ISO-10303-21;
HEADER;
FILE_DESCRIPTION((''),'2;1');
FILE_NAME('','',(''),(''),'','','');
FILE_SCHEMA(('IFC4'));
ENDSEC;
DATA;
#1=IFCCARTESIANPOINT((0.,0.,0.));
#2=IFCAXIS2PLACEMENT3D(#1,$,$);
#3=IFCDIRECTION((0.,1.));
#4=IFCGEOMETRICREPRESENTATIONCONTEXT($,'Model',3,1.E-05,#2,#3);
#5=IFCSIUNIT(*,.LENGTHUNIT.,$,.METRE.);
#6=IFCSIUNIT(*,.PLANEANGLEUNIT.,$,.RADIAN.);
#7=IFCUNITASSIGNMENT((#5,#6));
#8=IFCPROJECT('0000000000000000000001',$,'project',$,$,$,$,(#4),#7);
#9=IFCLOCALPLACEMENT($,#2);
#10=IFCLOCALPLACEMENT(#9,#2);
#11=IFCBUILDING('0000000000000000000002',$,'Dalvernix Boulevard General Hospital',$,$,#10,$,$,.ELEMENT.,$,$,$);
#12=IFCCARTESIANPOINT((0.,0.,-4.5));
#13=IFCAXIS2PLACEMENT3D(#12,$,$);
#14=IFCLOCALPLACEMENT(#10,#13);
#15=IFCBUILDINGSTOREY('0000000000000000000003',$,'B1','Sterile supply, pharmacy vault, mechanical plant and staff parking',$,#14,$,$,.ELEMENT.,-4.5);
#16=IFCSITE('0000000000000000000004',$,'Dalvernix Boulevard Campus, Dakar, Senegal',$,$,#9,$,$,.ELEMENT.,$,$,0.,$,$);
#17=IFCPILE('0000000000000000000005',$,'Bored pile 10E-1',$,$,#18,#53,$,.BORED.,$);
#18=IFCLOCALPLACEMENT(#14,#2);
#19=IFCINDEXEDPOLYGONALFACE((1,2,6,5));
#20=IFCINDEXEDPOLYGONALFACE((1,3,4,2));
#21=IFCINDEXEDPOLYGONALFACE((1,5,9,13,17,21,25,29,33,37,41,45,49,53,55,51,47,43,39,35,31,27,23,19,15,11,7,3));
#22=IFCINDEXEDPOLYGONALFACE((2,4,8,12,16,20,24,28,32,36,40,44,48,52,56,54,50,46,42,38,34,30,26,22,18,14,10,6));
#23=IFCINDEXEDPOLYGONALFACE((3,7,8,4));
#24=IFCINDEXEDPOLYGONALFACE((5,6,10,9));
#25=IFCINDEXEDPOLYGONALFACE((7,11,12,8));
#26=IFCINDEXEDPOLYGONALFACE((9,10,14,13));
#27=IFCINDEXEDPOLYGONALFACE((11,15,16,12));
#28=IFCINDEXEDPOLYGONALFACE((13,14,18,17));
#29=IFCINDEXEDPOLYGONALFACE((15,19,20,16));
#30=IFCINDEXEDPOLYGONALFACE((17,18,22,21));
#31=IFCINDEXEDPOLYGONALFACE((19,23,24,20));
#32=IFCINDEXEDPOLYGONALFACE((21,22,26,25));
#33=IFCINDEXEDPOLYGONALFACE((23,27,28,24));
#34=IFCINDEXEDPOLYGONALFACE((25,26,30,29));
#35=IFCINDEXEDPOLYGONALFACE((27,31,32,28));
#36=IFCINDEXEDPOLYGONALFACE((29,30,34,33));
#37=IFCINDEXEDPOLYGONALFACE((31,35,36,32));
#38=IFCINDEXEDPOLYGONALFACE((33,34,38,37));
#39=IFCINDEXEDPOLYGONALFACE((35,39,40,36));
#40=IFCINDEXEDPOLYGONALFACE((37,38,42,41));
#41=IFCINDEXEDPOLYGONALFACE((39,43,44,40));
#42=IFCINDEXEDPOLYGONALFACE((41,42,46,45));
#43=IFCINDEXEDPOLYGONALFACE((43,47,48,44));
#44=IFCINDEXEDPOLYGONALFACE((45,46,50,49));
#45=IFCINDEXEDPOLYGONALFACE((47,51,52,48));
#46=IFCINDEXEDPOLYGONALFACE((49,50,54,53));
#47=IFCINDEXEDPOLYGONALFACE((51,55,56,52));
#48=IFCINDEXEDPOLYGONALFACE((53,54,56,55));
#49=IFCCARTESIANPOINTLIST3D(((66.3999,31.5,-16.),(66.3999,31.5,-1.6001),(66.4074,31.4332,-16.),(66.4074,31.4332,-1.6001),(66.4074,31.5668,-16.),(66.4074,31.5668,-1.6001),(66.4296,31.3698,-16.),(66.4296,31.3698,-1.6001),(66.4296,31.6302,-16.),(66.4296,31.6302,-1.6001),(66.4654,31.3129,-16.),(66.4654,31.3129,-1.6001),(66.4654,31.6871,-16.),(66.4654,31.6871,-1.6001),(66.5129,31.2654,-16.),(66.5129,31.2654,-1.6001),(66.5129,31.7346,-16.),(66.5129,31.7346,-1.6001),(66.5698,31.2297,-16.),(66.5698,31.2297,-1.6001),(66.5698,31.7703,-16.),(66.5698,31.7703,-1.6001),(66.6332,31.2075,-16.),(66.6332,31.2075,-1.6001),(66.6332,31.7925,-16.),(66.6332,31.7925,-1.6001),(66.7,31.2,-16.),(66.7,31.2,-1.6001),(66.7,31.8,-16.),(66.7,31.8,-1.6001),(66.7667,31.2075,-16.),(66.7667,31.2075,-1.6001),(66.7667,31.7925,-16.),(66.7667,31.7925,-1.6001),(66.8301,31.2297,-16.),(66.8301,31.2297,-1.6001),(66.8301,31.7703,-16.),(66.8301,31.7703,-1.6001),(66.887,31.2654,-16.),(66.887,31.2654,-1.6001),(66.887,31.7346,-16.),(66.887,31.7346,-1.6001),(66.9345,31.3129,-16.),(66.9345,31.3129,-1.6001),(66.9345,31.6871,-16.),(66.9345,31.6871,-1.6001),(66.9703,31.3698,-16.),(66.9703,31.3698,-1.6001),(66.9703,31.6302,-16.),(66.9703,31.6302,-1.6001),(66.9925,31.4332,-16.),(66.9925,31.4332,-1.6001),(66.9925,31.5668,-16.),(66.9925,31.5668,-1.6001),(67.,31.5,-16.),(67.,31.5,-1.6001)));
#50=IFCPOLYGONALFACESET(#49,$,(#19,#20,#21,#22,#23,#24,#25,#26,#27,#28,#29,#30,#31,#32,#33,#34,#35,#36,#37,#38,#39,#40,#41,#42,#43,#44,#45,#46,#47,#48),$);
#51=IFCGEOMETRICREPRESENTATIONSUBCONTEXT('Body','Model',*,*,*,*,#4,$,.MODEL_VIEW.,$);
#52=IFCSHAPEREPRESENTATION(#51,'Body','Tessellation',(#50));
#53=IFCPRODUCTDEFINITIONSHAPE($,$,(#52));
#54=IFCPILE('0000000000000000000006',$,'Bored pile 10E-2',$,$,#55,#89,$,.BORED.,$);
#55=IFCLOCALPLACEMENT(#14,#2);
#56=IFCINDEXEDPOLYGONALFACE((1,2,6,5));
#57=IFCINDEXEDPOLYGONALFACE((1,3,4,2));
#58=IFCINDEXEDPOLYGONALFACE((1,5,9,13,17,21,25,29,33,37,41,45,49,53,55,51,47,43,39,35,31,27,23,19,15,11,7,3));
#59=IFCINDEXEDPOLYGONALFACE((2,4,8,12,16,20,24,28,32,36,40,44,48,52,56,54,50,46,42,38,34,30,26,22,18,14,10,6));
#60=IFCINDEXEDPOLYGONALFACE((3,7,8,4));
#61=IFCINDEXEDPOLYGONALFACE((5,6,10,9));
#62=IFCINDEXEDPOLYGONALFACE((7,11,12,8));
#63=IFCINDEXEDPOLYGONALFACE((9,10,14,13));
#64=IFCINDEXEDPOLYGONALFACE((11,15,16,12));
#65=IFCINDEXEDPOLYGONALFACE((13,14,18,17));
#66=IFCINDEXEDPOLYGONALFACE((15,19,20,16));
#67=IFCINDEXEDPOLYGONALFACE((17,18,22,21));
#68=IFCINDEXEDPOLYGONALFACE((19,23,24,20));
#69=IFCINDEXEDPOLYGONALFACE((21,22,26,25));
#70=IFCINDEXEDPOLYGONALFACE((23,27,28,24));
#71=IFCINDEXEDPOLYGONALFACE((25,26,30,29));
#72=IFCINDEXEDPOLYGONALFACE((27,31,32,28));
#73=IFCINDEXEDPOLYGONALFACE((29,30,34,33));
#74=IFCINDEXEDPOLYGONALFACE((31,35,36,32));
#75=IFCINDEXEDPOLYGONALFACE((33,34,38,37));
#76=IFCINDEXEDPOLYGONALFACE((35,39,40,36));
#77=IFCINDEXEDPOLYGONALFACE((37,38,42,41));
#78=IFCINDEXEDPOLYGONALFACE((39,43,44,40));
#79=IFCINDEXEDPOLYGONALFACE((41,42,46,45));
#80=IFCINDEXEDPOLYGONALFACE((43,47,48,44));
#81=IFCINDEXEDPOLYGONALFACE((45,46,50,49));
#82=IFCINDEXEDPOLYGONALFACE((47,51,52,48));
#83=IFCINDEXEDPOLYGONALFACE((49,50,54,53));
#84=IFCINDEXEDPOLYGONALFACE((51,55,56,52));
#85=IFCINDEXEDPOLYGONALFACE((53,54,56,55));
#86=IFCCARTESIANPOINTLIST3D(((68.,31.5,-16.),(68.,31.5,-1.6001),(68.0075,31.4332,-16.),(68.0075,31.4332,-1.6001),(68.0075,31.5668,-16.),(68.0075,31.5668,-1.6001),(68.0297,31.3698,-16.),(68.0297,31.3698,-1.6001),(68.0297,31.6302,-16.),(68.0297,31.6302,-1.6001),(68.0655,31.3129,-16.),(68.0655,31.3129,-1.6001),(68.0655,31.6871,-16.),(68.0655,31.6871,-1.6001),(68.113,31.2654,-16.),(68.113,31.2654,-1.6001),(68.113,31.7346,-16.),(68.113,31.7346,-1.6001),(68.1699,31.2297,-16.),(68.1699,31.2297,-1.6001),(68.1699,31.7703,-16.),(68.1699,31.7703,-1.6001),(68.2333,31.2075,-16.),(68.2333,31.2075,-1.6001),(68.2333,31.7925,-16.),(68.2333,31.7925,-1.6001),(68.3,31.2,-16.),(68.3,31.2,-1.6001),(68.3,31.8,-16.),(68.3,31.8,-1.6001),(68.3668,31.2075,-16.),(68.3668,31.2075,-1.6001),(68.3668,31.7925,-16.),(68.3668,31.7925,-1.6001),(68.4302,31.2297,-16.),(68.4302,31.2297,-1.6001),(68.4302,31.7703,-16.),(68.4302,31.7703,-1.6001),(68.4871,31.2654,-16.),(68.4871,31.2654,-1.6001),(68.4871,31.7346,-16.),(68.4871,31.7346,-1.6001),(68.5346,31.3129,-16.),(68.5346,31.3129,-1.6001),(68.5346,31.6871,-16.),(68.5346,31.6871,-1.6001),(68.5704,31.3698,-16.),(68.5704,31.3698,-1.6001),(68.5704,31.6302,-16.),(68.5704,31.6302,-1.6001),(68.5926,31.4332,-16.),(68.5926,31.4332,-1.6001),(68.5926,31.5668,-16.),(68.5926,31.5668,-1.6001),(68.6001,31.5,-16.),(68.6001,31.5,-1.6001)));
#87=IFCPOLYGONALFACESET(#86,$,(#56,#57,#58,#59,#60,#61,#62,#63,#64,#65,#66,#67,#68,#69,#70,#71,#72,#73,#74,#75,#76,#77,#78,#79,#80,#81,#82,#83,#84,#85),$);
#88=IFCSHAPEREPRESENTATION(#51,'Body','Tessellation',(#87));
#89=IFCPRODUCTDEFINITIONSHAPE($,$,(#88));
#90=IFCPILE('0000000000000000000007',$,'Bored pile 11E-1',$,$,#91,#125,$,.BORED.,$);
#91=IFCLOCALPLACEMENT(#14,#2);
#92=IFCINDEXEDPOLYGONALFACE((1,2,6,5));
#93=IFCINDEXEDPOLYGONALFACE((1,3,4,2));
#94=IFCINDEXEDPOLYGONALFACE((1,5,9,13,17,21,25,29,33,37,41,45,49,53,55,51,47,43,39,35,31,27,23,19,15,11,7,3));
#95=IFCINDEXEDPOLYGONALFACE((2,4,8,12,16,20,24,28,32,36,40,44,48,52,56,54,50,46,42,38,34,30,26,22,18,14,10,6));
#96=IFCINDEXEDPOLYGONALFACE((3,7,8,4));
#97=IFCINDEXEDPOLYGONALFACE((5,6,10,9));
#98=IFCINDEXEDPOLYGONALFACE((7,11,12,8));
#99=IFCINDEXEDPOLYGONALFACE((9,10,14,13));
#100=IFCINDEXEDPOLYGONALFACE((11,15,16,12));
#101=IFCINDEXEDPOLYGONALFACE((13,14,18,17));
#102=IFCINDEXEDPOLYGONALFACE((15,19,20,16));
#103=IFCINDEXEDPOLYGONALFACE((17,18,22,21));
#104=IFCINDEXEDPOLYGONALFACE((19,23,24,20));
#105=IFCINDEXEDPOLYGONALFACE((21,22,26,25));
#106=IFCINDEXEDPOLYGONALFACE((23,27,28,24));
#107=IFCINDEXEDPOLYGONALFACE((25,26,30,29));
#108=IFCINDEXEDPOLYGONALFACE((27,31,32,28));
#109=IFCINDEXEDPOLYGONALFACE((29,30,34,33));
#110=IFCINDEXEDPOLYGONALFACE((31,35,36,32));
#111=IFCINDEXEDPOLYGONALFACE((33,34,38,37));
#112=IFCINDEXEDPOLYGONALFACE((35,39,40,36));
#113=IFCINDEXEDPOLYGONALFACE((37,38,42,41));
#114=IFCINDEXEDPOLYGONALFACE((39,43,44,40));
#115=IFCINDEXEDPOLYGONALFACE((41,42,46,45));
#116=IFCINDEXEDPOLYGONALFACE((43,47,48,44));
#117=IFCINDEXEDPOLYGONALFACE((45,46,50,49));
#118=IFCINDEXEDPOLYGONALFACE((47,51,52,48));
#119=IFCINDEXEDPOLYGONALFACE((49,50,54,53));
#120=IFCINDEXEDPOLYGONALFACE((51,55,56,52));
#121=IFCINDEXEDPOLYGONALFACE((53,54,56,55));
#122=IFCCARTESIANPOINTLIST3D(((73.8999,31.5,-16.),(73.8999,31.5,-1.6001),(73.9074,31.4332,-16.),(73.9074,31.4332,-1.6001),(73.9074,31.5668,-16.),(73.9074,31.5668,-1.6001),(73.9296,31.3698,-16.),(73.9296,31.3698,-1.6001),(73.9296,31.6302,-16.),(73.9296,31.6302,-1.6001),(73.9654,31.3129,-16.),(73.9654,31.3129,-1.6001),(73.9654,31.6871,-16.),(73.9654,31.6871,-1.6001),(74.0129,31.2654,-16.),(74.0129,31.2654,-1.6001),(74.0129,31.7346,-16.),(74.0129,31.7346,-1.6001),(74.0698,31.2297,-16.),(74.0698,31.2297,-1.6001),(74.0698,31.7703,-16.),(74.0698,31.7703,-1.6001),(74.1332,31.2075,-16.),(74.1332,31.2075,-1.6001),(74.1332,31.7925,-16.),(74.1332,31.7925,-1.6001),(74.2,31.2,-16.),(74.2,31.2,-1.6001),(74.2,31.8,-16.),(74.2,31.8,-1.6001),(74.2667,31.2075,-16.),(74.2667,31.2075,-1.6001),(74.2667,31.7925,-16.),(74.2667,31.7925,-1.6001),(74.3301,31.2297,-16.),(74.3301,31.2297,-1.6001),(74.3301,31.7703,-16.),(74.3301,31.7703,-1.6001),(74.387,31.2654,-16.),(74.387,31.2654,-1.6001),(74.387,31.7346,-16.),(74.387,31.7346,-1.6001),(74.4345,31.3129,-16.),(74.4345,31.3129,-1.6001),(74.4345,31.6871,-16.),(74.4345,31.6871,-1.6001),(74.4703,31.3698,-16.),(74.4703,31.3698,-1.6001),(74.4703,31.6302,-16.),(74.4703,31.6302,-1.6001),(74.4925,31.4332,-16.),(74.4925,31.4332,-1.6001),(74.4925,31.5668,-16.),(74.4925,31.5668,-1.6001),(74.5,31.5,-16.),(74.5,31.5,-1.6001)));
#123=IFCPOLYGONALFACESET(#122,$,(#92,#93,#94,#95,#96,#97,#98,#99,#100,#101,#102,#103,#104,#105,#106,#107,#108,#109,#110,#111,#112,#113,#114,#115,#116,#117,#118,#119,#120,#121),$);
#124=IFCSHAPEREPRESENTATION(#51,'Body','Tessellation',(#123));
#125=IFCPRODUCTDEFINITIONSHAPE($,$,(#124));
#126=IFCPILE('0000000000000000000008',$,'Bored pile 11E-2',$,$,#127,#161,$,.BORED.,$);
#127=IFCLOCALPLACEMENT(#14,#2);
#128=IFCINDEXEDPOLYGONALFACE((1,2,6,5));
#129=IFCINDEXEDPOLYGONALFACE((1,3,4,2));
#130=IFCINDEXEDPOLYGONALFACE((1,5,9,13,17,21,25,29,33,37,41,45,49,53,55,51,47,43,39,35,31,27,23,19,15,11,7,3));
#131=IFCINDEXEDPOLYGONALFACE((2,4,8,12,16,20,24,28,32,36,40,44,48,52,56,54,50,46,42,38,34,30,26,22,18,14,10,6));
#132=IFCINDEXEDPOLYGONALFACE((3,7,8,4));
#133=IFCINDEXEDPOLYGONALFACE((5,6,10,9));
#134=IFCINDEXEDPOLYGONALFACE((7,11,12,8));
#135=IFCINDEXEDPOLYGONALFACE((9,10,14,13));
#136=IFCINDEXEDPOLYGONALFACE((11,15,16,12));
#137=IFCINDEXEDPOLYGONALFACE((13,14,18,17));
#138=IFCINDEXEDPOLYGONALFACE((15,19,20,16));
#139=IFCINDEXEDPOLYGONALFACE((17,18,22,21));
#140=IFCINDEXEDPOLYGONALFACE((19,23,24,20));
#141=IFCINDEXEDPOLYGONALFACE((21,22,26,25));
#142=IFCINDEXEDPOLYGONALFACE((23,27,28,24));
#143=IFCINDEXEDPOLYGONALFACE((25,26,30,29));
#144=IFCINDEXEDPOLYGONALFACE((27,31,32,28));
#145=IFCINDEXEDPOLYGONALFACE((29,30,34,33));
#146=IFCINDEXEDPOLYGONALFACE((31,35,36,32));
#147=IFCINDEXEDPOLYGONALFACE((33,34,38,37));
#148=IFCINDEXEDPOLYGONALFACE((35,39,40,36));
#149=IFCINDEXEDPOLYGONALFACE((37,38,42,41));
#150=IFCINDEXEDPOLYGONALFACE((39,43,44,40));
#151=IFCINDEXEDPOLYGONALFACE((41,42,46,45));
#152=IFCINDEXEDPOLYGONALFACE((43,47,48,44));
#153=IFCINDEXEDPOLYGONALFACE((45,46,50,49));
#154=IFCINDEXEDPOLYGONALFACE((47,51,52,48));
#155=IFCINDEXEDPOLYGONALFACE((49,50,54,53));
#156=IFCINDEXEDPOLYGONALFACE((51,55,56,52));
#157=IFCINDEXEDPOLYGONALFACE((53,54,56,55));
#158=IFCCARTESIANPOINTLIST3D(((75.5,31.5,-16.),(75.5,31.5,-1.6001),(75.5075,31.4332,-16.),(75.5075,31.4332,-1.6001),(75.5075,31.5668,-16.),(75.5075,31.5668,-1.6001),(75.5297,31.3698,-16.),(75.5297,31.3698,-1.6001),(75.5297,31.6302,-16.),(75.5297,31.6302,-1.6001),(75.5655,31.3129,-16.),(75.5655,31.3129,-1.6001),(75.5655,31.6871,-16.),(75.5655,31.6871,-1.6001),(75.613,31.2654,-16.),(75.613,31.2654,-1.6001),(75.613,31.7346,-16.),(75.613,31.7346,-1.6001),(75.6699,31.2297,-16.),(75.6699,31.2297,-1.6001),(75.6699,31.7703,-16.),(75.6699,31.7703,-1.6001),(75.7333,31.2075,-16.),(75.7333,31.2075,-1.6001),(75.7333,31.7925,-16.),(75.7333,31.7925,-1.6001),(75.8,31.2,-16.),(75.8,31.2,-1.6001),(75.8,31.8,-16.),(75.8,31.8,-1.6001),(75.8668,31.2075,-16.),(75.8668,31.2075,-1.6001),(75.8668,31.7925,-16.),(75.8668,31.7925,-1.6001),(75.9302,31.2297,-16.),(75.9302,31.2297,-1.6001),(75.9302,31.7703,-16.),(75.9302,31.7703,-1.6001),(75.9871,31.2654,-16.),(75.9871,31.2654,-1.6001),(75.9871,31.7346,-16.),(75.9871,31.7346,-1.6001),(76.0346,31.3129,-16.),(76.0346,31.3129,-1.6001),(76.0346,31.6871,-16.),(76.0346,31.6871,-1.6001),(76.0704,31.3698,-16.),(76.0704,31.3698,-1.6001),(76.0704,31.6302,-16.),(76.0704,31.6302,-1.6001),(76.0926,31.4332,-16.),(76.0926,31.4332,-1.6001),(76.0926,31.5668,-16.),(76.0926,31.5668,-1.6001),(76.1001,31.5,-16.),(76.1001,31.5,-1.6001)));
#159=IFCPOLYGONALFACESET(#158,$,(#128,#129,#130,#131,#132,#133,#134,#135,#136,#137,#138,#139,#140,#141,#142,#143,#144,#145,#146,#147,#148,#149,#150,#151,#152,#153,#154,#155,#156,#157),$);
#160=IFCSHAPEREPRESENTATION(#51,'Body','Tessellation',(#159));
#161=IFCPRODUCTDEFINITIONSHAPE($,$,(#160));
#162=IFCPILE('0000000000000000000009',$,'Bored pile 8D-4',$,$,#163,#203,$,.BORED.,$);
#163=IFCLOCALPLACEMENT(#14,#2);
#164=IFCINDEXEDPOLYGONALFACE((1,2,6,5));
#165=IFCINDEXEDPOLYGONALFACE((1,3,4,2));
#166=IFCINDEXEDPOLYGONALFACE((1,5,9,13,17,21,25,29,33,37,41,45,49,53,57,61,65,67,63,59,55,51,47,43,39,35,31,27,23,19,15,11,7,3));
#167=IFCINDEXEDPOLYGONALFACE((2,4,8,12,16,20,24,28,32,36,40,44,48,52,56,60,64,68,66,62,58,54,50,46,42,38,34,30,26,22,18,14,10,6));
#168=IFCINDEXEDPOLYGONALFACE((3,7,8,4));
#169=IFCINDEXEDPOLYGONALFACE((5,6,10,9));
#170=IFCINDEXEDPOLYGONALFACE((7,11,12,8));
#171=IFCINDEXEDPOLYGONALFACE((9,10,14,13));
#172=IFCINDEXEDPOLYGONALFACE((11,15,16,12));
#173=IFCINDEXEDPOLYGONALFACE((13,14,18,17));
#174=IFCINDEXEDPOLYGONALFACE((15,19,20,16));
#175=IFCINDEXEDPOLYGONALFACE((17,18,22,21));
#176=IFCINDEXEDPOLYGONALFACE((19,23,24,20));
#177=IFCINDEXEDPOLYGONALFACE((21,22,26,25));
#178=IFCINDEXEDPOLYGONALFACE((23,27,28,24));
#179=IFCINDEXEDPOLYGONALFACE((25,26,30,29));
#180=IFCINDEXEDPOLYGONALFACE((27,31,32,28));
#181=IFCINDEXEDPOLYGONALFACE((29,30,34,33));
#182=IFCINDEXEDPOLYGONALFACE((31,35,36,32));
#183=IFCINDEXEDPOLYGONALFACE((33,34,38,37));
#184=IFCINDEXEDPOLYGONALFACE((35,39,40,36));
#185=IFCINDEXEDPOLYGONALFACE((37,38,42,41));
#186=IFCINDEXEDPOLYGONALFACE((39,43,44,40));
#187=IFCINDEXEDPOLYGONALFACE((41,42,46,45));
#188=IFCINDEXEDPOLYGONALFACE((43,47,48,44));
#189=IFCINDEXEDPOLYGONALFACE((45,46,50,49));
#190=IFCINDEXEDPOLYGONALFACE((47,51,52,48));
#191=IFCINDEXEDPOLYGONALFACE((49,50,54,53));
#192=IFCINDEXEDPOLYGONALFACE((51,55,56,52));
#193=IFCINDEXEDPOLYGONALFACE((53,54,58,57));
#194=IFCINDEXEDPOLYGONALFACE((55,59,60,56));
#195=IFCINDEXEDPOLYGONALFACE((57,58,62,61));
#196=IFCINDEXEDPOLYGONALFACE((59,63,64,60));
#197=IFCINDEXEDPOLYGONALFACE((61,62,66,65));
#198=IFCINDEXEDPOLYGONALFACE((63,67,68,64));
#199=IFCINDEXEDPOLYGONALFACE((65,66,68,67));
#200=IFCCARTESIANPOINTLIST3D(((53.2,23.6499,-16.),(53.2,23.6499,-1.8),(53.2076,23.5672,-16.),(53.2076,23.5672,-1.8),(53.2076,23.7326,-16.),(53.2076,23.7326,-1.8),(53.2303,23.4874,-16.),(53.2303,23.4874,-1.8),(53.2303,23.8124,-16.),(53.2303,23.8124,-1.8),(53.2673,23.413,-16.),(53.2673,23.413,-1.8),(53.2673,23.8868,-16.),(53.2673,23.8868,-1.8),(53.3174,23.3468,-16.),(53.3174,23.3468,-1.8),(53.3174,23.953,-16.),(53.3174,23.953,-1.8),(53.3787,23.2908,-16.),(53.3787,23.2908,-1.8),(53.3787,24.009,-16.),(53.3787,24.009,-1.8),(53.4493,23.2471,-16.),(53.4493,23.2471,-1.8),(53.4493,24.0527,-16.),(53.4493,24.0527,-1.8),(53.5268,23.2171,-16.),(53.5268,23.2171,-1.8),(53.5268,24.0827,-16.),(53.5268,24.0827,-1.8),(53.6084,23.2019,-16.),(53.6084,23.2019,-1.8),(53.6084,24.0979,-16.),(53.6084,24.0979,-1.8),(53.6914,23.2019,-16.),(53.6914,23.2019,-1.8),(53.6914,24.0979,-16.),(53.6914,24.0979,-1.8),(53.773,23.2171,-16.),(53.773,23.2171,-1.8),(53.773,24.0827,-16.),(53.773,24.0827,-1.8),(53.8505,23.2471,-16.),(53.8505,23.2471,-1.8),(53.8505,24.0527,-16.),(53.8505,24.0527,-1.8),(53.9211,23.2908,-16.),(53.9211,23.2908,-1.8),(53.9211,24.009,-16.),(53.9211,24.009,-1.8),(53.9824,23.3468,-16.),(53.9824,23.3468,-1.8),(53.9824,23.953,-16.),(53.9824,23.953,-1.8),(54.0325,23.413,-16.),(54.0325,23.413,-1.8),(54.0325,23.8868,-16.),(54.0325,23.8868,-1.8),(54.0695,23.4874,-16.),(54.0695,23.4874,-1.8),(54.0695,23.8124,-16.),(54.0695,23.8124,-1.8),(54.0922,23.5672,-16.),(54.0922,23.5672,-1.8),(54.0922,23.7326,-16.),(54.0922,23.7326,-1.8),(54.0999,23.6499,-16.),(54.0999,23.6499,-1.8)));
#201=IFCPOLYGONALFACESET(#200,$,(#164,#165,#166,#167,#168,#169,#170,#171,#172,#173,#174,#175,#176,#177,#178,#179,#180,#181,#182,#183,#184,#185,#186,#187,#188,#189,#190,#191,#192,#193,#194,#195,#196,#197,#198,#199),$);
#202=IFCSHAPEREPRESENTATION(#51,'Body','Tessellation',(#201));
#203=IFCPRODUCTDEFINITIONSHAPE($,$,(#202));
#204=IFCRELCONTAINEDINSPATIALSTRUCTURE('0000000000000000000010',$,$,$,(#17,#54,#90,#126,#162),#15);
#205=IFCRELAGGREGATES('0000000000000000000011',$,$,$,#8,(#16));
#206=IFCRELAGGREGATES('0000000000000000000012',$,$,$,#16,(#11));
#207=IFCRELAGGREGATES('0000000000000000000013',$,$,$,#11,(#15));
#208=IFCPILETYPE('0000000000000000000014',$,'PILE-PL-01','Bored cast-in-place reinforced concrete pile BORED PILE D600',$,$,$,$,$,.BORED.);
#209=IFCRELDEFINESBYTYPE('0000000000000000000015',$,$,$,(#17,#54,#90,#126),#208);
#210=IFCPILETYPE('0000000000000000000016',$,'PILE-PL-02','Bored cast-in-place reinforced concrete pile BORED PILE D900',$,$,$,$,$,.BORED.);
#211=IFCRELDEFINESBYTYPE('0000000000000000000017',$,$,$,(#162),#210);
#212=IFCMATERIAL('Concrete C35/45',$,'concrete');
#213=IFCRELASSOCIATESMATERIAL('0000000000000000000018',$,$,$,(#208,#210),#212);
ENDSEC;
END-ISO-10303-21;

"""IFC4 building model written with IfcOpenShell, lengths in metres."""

from ifc_helpers import new_model, si_unit, direction, frame, origin, origin_2d, place, context, subcontext, project, spatial, circle, extrude, material, material_profile, profile_set, type_object, element, save


model = new_model("IFC4")

# Units and contexts
model_context = context("Model", 3, precision=1e-05, world=origin(), true_north=direction((0.0, 1.0)))
body_context = subcontext(model_context, "Body", "Model", "MODEL_VIEW")
ifc_project = project(units=[si_unit("LENGTHUNIT", "METRE"), si_unit("PLANEANGLEUNIT", "RADIAN")], contexts=[model_context])

# Site, building, storey
site_placement = place(None, origin())
site = spatial("IfcSite", under=ifc_project, at=site_placement, Name="Dalvernix Boulevard Campus, Dakar, Senegal", CompositionType="ELEMENT", RefElevation=0.0)
building_placement = place(site_placement, origin())
building = spatial("IfcBuilding", under=site, at=building_placement, Name="Dalvernix Boulevard General Hospital", CompositionType="ELEMENT")
storey_placement = place(building_placement, frame((0.0, 0.0, -4.5)))
storey = spatial("IfcBuildingStorey", under=building, at=storey_placement, Name="B1", Description="Sterile supply, pharmacy vault, mechanical plant and staff parking", CompositionType="ELEMENT", Elevation=-4.5)

# Shared definitions
ifc_material_1 = material(Name="Concrete C35/45", Category="concrete")

# Piles
ifc_material_profile_1 = material_profile(ifc_material_1, circle(Radius=0.3, at=origin_2d()), Name="BORED PILE D600")
ifc_profile_set_1 = profile_set([ifc_material_profile_1], Name="Concrete C35/45")
pile_type_1 = type_object("IfcPileType", Name="PILE-PL-01", Description="Bored cast-in-place reinforced concrete pile BORED PILE D600", PredefinedType="BORED", material=ifc_profile_set_1)
for number, where, z_axis, x_axis, name in (
    (1, (66.7, 31.5, -1.6001), (0.0, 0.0, -1.0), (1.0, 0.0, 0.0), "Bored pile 10E-1"),
    (2, (68.3, 31.5, -1.6001), (0.0, 0.0, -1.0), (1.0, 0.0, 0.0), "Bored pile 10E-2"),
    (3, (74.2, 31.5, -1.6001), (0.0, 0.0, -1.0), (1.0, 0.0, 0.0), "Bored pile 11E-1"),
    (4, (75.8, 31.5, -1.6001), (0.0, 0.0, -1.0), (1.0, 0.0, 0.0), "Bored pile 11E-2"),
):
    element("IfcPile", number, at=place(storey_placement, frame(where, z_axis=z_axis, x_axis=x_axis)), inside=storey, type_object=pile_type_1, Name=name, PredefinedType="BORED", context=body_context, shape_type="SweptSolid", body=[
        extrude(circle(Radius=0.3, at=origin_2d()), origin(), (0.0, 0.0, 1.0), 14.3999),
    ])
ifc_material_profile_2 = material_profile(ifc_material_1, circle(Radius=0.45, at=origin_2d()), Name="BORED PILE D900")
ifc_profile_set_2 = profile_set([ifc_material_profile_2], Name="Concrete C35/45")
pile_type_2 = type_object("IfcPileType", Name="PILE-PL-02", Description="Bored cast-in-place reinforced concrete pile BORED PILE D900", PredefinedType="BORED", material=ifc_profile_set_2)
pile_placement = place(storey_placement, frame((53.6499, 23.6499, -1.8), z_axis=(0.0, 0.0, -1.0), x_axis=(1.0, 0.0, 0.0)))
element("IfcPile", 5, at=pile_placement, inside=storey, type_object=pile_type_2, Name="Bored pile 8D-4", PredefinedType="BORED", context=body_context, shape_type="SweptSolid", body=[
    extrude(circle(Radius=0.45, at=origin_2d()), origin(), (0.0, 0.0, 1.0), 14.2),
])

save(model, "model.ifc")
